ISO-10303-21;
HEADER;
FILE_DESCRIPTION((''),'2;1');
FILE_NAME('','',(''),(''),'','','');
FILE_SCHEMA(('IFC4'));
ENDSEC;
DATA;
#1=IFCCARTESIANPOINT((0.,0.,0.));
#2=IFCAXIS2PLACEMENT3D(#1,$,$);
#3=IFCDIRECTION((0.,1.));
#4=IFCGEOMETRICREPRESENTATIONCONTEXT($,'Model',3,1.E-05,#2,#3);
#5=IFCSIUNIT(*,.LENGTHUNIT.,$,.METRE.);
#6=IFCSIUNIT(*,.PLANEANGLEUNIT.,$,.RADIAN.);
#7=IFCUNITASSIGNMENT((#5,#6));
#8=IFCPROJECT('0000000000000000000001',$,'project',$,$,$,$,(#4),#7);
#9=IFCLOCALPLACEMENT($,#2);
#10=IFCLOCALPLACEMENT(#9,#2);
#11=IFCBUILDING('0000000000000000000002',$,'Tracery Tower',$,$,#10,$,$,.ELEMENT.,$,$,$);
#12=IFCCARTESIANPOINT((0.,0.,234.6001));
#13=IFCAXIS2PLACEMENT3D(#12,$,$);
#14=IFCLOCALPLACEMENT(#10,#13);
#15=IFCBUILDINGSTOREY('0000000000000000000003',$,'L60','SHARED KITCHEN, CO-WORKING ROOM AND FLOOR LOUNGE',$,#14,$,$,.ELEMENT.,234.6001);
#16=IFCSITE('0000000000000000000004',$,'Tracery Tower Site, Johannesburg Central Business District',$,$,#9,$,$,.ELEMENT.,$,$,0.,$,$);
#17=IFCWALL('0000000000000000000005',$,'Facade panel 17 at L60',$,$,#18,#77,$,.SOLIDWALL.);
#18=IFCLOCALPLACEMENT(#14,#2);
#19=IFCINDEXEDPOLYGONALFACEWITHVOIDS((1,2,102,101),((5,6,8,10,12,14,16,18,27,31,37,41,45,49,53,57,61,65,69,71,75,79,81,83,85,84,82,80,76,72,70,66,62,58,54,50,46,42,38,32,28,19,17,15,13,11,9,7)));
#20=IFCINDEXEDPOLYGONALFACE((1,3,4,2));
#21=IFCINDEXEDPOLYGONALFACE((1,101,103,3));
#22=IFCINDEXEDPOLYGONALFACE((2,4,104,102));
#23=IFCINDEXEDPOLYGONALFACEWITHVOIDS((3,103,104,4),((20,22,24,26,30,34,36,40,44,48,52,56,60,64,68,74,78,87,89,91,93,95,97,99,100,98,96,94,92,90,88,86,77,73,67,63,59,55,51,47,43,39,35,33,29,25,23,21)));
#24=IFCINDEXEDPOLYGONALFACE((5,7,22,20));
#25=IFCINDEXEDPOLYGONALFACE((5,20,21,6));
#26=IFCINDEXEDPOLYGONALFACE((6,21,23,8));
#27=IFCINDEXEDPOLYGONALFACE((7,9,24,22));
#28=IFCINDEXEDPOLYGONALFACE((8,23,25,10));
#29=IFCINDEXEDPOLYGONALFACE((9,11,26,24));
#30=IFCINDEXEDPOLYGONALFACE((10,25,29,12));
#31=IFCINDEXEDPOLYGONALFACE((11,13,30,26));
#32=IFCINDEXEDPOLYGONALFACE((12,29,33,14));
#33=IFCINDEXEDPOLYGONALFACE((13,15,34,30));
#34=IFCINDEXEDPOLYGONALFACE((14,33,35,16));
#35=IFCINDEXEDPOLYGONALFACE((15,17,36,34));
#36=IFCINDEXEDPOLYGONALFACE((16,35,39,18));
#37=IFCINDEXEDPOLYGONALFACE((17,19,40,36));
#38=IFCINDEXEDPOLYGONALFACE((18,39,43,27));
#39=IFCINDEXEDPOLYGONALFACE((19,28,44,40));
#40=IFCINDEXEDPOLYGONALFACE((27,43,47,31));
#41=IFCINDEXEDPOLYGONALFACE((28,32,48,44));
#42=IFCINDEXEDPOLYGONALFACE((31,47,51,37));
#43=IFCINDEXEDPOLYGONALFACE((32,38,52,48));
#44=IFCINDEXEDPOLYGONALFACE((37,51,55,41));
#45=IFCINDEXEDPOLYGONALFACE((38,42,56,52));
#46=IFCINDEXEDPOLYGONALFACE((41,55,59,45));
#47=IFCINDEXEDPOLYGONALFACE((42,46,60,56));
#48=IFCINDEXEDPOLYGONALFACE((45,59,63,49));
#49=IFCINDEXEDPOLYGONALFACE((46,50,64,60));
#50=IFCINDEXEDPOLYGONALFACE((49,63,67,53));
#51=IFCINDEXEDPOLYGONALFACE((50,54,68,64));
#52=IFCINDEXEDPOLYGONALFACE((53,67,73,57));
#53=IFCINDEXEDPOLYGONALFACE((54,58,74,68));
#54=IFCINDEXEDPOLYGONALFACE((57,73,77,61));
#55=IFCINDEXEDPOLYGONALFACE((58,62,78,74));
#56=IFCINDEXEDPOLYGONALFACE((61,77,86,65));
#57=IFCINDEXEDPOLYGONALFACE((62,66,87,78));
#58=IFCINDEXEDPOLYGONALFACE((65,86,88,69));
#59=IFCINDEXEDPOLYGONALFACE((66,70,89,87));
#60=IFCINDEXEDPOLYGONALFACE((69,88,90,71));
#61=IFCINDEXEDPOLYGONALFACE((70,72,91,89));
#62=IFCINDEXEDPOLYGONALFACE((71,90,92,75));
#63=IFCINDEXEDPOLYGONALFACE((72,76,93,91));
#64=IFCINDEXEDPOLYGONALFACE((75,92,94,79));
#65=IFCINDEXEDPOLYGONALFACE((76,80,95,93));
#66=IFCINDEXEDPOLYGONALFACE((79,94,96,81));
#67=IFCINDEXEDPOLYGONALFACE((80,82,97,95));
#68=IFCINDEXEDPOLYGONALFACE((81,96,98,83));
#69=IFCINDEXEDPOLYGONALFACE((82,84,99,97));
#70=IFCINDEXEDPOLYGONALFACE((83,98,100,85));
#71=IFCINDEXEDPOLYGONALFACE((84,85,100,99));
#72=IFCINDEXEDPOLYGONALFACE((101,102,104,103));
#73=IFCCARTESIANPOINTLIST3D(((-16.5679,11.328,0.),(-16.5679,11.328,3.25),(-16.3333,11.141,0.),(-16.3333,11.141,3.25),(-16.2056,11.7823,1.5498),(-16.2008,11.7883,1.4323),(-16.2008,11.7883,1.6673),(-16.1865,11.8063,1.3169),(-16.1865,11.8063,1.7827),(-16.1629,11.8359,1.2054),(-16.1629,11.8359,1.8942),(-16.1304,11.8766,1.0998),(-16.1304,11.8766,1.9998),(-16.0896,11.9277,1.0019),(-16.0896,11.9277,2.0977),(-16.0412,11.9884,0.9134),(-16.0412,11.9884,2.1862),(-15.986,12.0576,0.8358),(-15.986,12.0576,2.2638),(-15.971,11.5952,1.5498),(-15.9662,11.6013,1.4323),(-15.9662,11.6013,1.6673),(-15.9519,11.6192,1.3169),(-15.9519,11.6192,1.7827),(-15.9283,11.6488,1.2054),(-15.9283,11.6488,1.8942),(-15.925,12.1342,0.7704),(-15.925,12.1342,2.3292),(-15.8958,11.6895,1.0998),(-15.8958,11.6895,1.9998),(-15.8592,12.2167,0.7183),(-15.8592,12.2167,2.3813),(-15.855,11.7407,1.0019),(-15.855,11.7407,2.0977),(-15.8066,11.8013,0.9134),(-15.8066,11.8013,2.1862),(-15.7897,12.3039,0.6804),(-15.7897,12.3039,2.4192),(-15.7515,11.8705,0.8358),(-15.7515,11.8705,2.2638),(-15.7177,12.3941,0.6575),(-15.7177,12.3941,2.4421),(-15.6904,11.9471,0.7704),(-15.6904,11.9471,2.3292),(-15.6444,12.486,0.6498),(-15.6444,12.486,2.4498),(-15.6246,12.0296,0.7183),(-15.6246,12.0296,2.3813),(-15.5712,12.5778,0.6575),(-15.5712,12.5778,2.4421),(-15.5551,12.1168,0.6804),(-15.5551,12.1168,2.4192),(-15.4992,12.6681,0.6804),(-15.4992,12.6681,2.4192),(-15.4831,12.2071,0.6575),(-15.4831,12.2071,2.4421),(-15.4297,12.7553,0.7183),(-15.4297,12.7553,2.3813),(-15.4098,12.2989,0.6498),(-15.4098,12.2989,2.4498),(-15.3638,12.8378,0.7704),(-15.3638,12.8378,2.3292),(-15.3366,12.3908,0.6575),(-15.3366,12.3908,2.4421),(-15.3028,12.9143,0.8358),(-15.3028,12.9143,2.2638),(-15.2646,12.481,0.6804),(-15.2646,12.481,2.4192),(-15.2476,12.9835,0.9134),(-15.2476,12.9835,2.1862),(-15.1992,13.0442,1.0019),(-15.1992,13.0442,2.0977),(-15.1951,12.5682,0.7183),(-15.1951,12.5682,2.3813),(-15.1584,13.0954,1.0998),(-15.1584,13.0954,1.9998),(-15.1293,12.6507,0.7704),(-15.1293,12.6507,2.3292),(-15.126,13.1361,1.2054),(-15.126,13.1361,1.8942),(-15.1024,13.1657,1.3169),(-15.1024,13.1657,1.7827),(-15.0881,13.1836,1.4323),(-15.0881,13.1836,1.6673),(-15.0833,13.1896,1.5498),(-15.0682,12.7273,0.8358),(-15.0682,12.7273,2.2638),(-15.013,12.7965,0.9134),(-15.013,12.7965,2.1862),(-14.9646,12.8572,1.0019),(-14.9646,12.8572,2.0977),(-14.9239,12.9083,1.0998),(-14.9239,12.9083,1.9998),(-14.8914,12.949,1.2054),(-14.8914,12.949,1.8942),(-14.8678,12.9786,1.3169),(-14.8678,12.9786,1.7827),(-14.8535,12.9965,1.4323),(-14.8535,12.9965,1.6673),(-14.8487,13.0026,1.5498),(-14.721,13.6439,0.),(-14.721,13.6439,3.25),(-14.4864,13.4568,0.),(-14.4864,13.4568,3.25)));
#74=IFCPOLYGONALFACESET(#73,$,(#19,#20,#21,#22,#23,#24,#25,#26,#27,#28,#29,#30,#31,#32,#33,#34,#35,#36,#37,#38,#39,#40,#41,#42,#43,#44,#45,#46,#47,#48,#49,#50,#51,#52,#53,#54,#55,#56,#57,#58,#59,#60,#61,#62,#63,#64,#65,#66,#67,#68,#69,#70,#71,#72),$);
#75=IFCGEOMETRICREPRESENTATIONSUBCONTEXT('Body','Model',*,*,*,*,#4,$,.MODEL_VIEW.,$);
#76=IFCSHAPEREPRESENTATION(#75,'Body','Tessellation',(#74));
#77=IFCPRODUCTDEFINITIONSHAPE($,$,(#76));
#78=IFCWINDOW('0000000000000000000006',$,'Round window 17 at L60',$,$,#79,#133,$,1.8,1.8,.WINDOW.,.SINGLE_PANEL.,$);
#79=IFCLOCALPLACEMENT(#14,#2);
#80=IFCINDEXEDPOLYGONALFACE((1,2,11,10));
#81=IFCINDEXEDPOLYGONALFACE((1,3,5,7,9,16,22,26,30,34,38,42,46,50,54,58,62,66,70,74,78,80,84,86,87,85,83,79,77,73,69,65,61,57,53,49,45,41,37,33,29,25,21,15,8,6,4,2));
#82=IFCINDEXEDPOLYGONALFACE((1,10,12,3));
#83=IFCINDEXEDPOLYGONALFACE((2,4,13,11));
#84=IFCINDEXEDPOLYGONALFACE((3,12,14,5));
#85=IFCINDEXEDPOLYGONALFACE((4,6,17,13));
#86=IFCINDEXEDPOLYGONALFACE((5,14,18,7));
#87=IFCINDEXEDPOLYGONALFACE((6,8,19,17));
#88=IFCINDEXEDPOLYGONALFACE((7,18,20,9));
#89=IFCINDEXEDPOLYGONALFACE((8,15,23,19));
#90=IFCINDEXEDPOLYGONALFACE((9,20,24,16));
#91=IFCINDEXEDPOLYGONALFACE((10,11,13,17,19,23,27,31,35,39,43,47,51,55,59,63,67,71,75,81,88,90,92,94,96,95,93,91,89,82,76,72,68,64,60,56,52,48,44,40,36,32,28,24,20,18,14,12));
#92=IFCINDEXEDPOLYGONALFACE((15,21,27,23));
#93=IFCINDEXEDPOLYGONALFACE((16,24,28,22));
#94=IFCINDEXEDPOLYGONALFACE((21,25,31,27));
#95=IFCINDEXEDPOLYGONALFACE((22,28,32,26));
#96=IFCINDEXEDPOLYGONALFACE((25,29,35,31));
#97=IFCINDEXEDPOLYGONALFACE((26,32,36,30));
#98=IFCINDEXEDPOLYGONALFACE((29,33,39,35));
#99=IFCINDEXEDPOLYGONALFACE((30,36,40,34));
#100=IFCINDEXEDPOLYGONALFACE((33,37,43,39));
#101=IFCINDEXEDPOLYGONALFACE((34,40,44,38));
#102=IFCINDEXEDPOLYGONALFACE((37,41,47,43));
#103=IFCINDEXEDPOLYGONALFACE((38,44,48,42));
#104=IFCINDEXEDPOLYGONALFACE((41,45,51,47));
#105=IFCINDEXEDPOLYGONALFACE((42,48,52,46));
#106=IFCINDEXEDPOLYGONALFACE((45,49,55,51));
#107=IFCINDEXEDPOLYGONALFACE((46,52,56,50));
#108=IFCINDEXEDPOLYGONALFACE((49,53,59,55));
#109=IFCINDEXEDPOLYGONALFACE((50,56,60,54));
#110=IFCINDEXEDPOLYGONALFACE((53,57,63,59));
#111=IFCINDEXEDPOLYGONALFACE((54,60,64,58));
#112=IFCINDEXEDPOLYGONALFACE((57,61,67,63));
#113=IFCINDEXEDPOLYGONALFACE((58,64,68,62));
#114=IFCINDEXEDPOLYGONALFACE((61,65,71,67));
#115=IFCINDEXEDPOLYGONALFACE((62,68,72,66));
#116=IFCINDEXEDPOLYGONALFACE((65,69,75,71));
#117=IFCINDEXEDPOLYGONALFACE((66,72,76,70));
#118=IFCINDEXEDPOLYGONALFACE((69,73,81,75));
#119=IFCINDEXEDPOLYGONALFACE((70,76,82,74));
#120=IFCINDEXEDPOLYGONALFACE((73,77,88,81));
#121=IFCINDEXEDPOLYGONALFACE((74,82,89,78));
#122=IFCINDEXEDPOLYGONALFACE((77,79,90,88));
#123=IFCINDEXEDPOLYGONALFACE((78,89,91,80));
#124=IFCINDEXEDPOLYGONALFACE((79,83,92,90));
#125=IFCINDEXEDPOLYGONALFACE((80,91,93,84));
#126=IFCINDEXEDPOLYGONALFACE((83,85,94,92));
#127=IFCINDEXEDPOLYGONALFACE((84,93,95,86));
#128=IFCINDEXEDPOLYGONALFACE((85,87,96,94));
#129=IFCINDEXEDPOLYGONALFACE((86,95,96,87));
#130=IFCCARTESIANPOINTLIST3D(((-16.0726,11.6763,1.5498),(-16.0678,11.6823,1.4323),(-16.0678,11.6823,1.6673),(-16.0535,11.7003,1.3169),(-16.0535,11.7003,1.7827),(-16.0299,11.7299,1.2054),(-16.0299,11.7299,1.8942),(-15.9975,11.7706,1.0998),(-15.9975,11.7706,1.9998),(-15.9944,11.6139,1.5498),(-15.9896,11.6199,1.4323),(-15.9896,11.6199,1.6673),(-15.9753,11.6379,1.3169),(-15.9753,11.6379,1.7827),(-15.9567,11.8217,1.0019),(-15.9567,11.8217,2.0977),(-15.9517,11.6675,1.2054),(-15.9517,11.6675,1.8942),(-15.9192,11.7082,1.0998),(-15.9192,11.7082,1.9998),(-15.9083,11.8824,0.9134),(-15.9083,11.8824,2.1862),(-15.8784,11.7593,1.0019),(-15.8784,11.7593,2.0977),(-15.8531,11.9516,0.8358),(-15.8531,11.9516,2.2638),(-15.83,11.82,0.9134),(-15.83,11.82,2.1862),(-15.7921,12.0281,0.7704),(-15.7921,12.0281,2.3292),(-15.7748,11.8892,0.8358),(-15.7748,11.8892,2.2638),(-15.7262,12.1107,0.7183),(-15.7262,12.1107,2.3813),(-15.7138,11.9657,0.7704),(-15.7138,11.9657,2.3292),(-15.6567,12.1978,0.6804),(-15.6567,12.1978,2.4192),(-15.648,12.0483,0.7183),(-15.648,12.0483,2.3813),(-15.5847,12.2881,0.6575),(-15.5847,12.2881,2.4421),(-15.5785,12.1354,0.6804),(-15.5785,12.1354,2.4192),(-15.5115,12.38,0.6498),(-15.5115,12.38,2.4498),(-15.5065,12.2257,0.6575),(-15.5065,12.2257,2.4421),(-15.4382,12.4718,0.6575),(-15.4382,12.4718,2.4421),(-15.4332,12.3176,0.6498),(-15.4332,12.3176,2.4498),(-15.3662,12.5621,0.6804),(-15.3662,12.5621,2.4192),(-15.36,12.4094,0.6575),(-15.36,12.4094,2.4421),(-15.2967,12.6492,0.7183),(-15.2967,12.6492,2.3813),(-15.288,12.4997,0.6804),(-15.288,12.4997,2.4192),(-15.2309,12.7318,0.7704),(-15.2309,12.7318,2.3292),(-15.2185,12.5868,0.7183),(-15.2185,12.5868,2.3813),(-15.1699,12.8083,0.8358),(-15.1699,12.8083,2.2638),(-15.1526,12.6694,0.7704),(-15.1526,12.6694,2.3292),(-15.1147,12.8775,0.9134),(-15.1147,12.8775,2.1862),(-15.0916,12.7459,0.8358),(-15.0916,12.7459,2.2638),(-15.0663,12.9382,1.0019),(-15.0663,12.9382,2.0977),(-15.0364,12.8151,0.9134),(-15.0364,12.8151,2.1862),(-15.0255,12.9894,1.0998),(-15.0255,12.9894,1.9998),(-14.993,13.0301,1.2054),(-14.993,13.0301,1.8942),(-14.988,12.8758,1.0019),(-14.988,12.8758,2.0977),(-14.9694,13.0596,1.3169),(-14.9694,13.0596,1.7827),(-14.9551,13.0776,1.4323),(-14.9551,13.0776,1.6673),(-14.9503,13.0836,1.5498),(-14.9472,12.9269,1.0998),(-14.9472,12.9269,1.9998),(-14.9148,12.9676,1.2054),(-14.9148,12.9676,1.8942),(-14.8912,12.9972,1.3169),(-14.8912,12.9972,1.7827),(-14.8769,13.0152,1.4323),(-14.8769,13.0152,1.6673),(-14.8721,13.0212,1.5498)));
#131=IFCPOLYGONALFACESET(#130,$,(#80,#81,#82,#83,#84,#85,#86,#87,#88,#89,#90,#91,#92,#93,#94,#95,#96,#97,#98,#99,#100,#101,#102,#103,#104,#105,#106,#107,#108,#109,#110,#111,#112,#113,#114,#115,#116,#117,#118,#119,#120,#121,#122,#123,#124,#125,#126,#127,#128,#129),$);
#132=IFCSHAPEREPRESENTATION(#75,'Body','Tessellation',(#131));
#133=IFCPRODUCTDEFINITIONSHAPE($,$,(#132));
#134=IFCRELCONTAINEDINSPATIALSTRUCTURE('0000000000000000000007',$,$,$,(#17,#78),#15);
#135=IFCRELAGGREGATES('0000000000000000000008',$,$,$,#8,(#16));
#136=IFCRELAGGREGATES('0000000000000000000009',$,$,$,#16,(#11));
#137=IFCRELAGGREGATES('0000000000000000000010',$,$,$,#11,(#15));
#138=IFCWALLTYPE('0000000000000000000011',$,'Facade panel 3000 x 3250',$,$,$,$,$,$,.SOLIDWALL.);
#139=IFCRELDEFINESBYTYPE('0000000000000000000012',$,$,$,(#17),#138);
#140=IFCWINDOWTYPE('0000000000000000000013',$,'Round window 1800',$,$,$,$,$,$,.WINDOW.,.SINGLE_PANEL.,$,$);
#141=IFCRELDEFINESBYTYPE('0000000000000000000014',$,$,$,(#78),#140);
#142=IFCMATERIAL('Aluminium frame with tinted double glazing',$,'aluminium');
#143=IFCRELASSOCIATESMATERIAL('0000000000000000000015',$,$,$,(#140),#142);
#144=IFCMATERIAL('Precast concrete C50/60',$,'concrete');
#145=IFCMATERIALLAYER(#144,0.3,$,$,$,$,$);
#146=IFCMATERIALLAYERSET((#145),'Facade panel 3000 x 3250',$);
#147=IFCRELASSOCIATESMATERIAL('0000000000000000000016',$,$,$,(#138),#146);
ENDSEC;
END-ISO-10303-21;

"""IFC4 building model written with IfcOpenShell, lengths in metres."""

from ifc_helpers import new_model, si_unit, direction, frame, frame_2d, origin, origin_2d, place, context, subcontext, project, spatial, rectangle, circle, extrude, material, layer, layer_set, type_object, element, fill, save


model = new_model("IFC4")

# Units and contexts
model_context = context("Model", 3, precision=1e-05, world=origin(), true_north=direction((0.0, 1.0)))
body_context = subcontext(model_context, "Body", "Model", "MODEL_VIEW")
ifc_project = project(units=[si_unit("LENGTHUNIT", "METRE"), si_unit("PLANEANGLEUNIT", "RADIAN")], contexts=[model_context])

# Site, building, storey
site_placement = place(None, origin())
site = spatial("IfcSite", under=ifc_project, at=site_placement, Name="Tracery Tower Site, Johannesburg Central Business District", CompositionType="ELEMENT", RefElevation=0.0)
building_placement = place(site_placement, origin())
building = spatial("IfcBuilding", under=site, at=building_placement, Name="Tracery Tower", CompositionType="ELEMENT")
storey_placement = place(building_placement, frame((0.0, 0.0, 234.6001)))
storey = spatial("IfcBuildingStorey", under=building, at=storey_placement, Name="L60", Description="SHARED KITCHEN, CO-WORKING ROOM AND FLOOR LOUNGE", CompositionType="ELEMENT", Elevation=234.6001)

# Wall, opening, window
ifc_material_1 = material(Name="Aluminium frame with tinted double glazing", Category="aluminium")
window_type = type_object("IfcWindowType", Name="Round window 1800", PartitioningType="SINGLE_PANEL", PredefinedType="WINDOW", material=ifc_material_1)
ifc_material_2 = material(Name="Precast concrete C50/60", Category="concrete")
ifc_layer_1 = layer(ifc_material_2, 0.3)
ifc_layer_set_1 = layer_set([ifc_layer_1], Name="Facade panel 3000 x 3250")
wall_type_1 = type_object("IfcWallType", Name="Facade panel 3000 x 3250", PredefinedType="SOLIDWALL", material=ifc_layer_set_1)
wall_1_placement = place(storey_placement, frame((-14.6038, 13.5503, 0.0), z_axis=(0.0, 0.0, 1.0), x_axis=(-0.623498, -0.781825, 0.0)))
wall_1 = element("IfcWall", 1, at=wall_1_placement, inside=storey, type_object=wall_type_1, Name="Facade panel 17 at L60", PredefinedType="SOLIDWALL", context=body_context, shape_type="SweptSolid", body=[
    extrude(rectangle(XDim=2.9622, YDim=0.3, at=frame_2d((1.481, 0.0))), origin(), (0.0, 0.0, 1.0), 3.25),
])
opening_1_placement = place(wall_1_placement, frame((1.481, 0.0, 1.5498)))
opening_1 = element("IfcOpeningElement", 2, at=opening_1_placement, cuts=wall_1, PredefinedType="OPENING", context=body_context, shape_type="SweptSolid", body=[
    extrude(circle(Radius=0.9, at=origin_2d()), frame((0.0, 0.1599, 0.0), z_axis=(0.0, -1.0, 0.0), x_axis=(1.0, 0.0, 0.0)), (0.0, 0.0, 1.0), 0.3201),
])
window_1_placement = place(opening_1_placement, origin())
window_1 = element("IfcWindow", 3, at=window_1_placement, inside=storey, type_object=window_type, Name="Round window 17 at L60", OverallHeight=1.8, OverallWidth=1.8, PartitioningType="SINGLE_PANEL", PredefinedType="WINDOW", context=body_context, shape_type="SweptSolid", body=[
    extrude(circle(Radius=0.9, at=origin_2d()), frame((0.0, 0.1201, 0.0), z_axis=(0.0, -1.0, 0.0), x_axis=(1.0, 0.0, 0.0)), (0.0, 0.0, 1.0), 0.1001),
])
fill(opening_1, window_1)

save(model, "model.ifc")
